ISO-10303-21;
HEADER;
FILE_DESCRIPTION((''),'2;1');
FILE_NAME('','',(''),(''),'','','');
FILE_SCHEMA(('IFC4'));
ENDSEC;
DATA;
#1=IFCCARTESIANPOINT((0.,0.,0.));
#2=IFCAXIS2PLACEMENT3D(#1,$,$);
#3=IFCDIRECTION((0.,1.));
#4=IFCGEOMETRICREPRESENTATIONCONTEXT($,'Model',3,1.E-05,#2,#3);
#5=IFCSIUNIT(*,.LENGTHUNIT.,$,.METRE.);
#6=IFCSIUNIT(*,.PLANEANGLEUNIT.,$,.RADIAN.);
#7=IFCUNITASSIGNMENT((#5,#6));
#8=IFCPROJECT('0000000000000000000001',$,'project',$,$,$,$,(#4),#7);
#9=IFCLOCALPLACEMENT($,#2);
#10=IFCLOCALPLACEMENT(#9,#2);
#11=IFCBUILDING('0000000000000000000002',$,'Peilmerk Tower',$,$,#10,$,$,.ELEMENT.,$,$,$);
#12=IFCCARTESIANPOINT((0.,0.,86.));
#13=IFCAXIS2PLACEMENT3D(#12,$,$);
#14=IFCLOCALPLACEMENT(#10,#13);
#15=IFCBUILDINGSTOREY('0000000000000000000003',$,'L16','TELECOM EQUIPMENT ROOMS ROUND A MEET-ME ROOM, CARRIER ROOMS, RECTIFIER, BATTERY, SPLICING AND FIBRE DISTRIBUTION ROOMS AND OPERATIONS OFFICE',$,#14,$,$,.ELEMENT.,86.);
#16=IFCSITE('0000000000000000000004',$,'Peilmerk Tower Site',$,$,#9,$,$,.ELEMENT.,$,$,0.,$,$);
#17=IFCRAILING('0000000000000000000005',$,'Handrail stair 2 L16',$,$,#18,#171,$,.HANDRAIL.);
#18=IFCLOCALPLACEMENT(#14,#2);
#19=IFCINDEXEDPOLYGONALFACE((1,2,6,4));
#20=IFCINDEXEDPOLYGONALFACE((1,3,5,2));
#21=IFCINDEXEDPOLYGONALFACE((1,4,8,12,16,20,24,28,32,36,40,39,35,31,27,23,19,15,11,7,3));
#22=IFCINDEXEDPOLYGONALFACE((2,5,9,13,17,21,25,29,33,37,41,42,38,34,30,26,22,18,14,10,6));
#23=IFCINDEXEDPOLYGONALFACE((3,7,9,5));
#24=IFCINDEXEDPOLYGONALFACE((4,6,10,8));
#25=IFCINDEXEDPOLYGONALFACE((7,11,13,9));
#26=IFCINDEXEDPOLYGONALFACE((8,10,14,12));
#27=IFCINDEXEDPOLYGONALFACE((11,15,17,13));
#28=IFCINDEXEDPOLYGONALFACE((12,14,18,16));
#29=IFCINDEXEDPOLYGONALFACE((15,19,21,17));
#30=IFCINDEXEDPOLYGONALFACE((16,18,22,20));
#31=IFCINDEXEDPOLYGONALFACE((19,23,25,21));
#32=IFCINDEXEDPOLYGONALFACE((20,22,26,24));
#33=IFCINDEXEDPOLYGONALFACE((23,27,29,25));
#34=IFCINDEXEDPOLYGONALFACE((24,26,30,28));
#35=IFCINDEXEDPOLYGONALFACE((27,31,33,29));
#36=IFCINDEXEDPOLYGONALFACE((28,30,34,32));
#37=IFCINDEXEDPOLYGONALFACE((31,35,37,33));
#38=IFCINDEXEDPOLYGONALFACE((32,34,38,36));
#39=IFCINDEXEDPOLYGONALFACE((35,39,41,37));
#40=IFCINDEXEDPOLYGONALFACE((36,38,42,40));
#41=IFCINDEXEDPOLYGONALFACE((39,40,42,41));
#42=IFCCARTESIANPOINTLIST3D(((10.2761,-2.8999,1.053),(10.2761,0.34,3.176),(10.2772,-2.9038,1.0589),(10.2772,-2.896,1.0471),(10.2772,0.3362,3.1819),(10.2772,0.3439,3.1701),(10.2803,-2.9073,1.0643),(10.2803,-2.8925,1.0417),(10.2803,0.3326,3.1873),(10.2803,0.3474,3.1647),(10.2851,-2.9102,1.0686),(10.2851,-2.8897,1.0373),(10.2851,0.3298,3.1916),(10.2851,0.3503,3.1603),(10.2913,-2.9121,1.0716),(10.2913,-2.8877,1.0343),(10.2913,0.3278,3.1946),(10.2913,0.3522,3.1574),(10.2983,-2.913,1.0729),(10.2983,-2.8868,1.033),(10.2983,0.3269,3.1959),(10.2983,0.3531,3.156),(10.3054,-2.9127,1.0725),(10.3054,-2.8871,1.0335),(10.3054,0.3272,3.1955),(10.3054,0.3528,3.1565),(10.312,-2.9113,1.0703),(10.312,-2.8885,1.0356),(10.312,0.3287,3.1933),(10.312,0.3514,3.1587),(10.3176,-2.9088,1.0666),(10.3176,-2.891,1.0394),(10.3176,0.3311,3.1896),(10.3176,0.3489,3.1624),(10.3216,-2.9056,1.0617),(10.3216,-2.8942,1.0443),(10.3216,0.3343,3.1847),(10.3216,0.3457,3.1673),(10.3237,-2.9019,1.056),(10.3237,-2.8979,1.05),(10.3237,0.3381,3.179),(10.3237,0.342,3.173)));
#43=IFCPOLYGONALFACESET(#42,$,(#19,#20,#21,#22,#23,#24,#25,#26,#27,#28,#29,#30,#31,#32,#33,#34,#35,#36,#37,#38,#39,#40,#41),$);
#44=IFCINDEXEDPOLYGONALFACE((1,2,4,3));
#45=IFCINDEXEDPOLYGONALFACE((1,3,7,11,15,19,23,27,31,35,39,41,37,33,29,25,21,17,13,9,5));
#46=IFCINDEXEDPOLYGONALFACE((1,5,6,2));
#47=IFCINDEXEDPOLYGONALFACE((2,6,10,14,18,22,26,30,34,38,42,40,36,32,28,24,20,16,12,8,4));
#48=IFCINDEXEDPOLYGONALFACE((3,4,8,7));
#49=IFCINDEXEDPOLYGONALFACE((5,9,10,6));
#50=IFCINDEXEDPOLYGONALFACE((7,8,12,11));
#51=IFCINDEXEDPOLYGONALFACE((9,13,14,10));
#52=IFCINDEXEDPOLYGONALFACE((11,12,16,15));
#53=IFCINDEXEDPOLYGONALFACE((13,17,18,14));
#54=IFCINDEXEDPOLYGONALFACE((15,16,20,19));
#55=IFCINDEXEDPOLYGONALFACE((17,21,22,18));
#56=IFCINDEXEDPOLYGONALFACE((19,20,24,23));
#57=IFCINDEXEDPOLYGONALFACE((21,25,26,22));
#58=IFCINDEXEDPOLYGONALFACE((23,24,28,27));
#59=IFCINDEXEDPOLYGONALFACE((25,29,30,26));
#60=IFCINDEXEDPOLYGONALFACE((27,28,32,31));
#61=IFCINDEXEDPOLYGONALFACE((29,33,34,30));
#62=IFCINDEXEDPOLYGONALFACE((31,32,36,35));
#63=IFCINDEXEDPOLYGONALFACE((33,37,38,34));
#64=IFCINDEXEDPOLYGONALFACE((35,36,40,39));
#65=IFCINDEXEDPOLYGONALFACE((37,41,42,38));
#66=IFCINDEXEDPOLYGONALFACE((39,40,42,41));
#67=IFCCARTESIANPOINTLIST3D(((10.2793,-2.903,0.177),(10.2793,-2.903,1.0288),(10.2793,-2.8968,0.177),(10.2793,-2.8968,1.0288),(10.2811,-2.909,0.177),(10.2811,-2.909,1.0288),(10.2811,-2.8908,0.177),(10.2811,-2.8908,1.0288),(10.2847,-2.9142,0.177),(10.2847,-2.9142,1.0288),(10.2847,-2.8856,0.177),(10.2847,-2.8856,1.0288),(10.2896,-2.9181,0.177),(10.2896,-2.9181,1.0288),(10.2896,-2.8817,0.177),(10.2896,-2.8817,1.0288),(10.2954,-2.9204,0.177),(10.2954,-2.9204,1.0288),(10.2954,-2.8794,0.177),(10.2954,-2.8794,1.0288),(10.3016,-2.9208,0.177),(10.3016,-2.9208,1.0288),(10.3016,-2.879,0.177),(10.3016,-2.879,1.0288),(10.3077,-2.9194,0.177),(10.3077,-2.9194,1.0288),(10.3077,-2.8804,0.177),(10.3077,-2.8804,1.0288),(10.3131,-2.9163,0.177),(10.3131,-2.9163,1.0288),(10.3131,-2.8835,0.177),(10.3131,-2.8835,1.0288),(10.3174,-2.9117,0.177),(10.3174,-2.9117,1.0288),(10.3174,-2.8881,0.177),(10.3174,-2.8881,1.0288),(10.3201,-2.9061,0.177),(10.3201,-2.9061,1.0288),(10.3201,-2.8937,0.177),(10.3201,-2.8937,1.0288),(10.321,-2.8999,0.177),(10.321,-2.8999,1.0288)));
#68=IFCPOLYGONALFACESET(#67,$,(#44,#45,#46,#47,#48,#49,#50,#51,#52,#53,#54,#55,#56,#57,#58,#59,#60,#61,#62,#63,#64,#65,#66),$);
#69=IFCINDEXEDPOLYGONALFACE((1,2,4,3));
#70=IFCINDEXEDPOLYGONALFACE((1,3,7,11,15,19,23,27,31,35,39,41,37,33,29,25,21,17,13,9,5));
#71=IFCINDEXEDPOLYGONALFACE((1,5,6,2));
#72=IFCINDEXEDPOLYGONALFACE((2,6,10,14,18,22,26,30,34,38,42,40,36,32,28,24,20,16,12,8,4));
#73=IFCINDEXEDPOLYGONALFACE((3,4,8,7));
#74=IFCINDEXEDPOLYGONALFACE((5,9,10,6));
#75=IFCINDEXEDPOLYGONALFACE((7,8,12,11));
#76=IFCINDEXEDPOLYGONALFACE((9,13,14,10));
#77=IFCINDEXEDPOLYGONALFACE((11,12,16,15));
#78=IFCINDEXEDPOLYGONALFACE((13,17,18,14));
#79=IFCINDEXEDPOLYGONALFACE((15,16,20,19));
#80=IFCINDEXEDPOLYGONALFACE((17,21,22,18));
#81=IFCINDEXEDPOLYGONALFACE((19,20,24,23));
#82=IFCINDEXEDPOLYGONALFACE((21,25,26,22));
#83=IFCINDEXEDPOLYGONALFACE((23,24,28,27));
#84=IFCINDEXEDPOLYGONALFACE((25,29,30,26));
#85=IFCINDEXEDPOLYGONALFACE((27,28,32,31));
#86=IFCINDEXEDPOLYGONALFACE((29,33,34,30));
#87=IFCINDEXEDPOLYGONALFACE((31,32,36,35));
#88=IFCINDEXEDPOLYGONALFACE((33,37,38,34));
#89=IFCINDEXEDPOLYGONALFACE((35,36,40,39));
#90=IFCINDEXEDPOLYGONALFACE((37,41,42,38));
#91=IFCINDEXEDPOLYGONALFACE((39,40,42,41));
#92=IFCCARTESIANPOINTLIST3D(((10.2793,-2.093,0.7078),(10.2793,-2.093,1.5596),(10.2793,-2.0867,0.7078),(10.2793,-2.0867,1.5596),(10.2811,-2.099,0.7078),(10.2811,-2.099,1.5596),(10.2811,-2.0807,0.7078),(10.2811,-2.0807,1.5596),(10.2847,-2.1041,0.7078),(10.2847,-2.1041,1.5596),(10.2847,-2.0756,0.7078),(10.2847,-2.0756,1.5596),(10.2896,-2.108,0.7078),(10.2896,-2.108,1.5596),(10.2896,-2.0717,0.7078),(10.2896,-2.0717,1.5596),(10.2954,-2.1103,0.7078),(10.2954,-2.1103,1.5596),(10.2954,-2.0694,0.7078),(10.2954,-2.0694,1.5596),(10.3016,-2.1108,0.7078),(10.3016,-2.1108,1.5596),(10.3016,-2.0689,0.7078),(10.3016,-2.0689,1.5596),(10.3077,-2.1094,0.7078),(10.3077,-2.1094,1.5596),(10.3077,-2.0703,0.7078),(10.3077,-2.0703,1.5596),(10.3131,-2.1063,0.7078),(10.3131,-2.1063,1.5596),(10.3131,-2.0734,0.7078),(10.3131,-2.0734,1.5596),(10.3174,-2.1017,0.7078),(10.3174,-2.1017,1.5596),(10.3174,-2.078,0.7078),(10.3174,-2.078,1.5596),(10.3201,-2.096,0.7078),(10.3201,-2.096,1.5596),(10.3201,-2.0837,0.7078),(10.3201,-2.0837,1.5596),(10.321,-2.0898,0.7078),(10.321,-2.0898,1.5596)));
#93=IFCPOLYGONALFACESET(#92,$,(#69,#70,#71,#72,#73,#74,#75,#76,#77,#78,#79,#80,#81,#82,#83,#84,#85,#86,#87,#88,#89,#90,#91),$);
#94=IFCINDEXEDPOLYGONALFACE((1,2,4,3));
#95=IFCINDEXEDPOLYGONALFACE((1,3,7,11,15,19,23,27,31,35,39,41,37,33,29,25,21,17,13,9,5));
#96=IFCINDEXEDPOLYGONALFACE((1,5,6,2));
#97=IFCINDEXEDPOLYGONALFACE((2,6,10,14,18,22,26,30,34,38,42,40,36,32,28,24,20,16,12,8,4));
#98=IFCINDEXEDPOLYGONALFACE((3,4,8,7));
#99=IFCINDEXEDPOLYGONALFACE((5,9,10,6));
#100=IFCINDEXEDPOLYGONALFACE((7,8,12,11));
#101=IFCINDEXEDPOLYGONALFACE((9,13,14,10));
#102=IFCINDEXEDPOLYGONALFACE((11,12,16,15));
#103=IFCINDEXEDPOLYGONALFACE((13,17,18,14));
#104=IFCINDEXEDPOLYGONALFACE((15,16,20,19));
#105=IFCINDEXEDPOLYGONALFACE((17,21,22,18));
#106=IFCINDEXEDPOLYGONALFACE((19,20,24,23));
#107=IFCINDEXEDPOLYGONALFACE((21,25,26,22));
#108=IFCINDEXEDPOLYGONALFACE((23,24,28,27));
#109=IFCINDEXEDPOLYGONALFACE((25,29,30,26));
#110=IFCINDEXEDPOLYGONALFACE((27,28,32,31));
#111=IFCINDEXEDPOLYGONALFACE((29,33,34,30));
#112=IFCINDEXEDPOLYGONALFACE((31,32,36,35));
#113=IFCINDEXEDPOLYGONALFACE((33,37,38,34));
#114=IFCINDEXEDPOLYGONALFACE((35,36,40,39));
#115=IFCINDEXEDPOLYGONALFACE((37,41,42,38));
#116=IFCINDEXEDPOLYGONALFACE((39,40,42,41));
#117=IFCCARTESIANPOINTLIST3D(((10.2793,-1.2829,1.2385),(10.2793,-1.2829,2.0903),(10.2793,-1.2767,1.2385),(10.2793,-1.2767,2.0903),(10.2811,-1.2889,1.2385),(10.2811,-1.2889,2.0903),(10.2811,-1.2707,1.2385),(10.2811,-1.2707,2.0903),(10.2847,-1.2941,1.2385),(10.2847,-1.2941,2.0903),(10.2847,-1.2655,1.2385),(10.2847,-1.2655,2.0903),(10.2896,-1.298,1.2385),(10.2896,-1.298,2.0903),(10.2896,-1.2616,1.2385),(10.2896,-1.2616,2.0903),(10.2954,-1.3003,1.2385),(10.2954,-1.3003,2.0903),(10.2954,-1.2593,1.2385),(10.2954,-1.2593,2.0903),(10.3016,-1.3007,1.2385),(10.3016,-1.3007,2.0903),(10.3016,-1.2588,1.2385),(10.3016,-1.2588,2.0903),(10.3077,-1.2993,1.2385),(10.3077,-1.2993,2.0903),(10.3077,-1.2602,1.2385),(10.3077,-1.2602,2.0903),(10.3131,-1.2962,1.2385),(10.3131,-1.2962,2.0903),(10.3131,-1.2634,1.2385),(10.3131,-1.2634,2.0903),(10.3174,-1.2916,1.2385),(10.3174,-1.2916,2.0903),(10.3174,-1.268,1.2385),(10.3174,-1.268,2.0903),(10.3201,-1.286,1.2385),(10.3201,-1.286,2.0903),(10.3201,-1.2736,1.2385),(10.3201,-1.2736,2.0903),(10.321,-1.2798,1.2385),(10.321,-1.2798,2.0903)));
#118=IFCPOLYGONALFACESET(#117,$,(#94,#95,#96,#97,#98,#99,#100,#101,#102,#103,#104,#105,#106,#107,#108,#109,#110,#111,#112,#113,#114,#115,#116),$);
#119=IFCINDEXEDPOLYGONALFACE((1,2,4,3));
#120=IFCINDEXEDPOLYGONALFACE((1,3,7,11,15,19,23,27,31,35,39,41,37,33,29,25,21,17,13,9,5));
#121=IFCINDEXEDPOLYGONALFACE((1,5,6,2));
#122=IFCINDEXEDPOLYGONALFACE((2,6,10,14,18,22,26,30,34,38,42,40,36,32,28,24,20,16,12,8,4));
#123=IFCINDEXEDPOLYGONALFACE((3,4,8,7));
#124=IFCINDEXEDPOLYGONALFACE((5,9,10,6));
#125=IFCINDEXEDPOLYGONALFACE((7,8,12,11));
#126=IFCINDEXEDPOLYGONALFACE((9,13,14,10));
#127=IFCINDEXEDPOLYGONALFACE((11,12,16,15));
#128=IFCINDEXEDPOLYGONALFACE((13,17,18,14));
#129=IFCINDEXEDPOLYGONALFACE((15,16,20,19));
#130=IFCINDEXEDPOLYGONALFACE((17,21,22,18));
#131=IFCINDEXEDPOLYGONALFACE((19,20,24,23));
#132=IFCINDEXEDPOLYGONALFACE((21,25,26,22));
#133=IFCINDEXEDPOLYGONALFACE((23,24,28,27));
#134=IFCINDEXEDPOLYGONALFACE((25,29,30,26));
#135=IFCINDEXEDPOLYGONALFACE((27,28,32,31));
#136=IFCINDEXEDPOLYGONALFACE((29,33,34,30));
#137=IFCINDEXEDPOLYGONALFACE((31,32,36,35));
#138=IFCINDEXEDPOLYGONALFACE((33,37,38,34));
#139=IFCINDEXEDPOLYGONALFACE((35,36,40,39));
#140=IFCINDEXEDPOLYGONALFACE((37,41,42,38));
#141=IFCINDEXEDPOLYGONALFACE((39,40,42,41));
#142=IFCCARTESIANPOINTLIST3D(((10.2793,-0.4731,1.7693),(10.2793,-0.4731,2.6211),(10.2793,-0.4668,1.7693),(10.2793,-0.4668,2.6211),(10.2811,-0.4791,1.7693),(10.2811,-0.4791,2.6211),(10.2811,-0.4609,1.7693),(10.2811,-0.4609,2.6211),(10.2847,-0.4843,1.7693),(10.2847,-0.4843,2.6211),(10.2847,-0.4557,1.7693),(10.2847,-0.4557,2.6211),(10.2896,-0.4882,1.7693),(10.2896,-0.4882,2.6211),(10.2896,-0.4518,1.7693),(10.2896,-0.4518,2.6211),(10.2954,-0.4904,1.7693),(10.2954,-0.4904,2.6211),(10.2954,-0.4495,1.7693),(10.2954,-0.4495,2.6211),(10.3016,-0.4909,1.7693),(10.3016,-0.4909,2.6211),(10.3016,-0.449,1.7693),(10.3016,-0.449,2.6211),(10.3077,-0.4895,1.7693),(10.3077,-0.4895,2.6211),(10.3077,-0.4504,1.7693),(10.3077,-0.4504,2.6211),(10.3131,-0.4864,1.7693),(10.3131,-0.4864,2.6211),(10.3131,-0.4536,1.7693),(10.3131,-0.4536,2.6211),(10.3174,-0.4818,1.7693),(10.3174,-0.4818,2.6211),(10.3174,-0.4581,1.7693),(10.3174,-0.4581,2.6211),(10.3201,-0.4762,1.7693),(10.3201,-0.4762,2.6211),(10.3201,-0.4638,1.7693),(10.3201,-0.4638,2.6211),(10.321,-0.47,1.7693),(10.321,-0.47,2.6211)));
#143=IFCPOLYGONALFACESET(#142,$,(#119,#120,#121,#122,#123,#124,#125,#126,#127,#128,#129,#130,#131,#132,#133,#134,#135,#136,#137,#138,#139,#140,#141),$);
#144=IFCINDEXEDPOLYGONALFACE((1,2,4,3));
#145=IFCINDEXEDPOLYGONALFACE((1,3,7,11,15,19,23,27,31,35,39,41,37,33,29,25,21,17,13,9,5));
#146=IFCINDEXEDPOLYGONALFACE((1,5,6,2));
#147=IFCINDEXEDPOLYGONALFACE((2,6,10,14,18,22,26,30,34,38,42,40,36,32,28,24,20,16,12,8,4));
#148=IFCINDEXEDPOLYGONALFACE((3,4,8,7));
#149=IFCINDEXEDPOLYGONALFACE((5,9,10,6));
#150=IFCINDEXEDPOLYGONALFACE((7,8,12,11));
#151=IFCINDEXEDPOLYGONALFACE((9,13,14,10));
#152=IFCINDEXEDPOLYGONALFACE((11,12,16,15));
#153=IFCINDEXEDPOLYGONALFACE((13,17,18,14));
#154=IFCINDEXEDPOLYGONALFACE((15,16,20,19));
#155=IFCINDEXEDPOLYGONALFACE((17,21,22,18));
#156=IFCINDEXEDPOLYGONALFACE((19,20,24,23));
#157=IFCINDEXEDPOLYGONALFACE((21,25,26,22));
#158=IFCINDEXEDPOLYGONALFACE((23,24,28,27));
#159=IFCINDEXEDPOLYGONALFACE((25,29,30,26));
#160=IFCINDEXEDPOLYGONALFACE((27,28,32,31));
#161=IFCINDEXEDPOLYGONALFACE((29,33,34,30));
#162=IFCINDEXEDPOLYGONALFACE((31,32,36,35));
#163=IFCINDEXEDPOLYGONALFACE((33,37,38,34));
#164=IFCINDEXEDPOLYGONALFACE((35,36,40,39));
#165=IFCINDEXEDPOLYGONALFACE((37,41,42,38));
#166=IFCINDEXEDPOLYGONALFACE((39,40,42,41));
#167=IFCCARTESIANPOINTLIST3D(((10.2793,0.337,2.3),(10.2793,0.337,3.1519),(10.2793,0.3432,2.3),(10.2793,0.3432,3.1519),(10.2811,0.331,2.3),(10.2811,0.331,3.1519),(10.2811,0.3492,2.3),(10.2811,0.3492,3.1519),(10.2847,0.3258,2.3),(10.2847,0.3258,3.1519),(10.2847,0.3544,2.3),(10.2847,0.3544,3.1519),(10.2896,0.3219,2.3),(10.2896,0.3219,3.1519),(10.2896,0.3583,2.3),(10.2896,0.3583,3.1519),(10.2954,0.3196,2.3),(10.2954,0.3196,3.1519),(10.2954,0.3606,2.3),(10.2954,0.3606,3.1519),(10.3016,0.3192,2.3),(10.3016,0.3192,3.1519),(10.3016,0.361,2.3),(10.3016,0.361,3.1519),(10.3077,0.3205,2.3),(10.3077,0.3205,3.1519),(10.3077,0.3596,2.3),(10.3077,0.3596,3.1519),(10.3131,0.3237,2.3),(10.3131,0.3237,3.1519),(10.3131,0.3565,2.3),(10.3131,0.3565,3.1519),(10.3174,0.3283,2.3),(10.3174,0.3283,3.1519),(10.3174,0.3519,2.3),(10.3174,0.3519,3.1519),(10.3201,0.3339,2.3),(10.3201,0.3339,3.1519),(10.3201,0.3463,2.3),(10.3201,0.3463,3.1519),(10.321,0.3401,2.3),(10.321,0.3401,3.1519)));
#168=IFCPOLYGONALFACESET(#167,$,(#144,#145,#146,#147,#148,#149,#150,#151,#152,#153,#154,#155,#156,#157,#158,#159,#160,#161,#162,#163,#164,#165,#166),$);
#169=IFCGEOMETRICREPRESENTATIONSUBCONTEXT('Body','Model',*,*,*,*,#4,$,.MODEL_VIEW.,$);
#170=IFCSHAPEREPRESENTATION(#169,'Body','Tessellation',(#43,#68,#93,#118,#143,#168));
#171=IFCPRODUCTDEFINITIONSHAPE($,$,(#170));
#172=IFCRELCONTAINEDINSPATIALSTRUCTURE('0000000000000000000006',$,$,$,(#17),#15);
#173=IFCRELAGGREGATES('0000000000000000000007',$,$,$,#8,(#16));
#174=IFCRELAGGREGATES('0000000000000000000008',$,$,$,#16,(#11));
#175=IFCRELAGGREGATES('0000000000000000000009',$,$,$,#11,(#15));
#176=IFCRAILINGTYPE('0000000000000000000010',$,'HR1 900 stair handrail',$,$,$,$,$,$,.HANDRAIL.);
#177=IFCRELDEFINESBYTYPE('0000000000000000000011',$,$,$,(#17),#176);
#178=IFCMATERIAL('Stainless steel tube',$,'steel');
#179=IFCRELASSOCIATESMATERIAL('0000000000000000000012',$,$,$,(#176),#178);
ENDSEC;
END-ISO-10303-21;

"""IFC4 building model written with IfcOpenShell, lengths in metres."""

from ifc_helpers import new_model, si_unit, direction, frame, origin, origin_2d, place, context, subcontext, project, spatial, circle, extrude, material, type_object, element, save


model = new_model("IFC4")

# Units and contexts
model_context = context("Model", 3, precision=1e-05, world=origin(), true_north=direction((0.0, 1.0)))
body_context = subcontext(model_context, "Body", "Model", "MODEL_VIEW")
ifc_project = project(units=[si_unit("LENGTHUNIT", "METRE"), si_unit("PLANEANGLEUNIT", "RADIAN")], contexts=[model_context])

# Site, building, storey
site_placement = place(None, origin())
site = spatial("IfcSite", under=ifc_project, at=site_placement, Name="Peilmerk Tower Site", CompositionType="ELEMENT", RefElevation=0.0)
building_placement = place(site_placement, origin())
building = spatial("IfcBuilding", under=site, at=building_placement, Name="Peilmerk Tower", CompositionType="ELEMENT")
storey_placement = place(building_placement, frame((0.0, 0.0, 86.0)))
storey = spatial("IfcBuildingStorey", under=building, at=storey_placement, Name="L16", Description="TELECOM EQUIPMENT ROOMS ROUND A MEET-ME ROOM, CARRIER ROOMS, RECTIFIER, BATTERY, SPLICING AND FIBRE DISTRIBUTION ROOMS AND OPERATIONS OFFICE", CompositionType="ELEMENT", Elevation=86.0)

# Railing
ifc_material_1 = material(Name="Stainless steel tube", Category="steel")
railing_type_1 = type_object("IfcRailingType", Name="HR1 900 stair handrail", PredefinedType="HANDRAIL", material=ifc_material_1)
railing_1_placement = place(storey_placement, frame((10.3, -2.8999, 0.177)))
element("IfcRailing", 1, at=railing_1_placement, inside=storey, type_object=railing_type_1, Name="Handrail stair 2 L16", PredefinedType="HANDRAIL", context=body_context, shape_type="SweptSolid", body=[
    extrude(circle(Radius=0.0239, at=origin_2d()), frame((0.0, 0.0, 0.876), z_axis=(0.0, 0.836426, 0.548079), x_axis=(-1.0, 0.0, 0.0)), (0.0, 0.0, 1.0), 3.8735),
    extrude(circle(Radius=0.021, at=origin_2d()), origin(), (0.0, 0.0, 1.0), 0.8518),
    extrude(circle(Radius=0.021, at=origin_2d()), frame((0.0, 0.8101, 0.5308)), (0.0, 0.0, 1.0), 0.8518),
    extrude(circle(Radius=0.021, at=origin_2d()), frame((0.0, 1.6201, 1.0615)), (0.0, 0.0, 1.0), 0.8518),
    extrude(circle(Radius=0.021, at=origin_2d()), frame((0.0, 2.4299, 1.5923)), (0.0, 0.0, 1.0), 0.8518),
    extrude(circle(Radius=0.021, at=origin_2d()), frame((0.0, 3.24, 2.123)), (0.0, 0.0, 1.0), 0.8518),
])

save(model, "model.ifc")
